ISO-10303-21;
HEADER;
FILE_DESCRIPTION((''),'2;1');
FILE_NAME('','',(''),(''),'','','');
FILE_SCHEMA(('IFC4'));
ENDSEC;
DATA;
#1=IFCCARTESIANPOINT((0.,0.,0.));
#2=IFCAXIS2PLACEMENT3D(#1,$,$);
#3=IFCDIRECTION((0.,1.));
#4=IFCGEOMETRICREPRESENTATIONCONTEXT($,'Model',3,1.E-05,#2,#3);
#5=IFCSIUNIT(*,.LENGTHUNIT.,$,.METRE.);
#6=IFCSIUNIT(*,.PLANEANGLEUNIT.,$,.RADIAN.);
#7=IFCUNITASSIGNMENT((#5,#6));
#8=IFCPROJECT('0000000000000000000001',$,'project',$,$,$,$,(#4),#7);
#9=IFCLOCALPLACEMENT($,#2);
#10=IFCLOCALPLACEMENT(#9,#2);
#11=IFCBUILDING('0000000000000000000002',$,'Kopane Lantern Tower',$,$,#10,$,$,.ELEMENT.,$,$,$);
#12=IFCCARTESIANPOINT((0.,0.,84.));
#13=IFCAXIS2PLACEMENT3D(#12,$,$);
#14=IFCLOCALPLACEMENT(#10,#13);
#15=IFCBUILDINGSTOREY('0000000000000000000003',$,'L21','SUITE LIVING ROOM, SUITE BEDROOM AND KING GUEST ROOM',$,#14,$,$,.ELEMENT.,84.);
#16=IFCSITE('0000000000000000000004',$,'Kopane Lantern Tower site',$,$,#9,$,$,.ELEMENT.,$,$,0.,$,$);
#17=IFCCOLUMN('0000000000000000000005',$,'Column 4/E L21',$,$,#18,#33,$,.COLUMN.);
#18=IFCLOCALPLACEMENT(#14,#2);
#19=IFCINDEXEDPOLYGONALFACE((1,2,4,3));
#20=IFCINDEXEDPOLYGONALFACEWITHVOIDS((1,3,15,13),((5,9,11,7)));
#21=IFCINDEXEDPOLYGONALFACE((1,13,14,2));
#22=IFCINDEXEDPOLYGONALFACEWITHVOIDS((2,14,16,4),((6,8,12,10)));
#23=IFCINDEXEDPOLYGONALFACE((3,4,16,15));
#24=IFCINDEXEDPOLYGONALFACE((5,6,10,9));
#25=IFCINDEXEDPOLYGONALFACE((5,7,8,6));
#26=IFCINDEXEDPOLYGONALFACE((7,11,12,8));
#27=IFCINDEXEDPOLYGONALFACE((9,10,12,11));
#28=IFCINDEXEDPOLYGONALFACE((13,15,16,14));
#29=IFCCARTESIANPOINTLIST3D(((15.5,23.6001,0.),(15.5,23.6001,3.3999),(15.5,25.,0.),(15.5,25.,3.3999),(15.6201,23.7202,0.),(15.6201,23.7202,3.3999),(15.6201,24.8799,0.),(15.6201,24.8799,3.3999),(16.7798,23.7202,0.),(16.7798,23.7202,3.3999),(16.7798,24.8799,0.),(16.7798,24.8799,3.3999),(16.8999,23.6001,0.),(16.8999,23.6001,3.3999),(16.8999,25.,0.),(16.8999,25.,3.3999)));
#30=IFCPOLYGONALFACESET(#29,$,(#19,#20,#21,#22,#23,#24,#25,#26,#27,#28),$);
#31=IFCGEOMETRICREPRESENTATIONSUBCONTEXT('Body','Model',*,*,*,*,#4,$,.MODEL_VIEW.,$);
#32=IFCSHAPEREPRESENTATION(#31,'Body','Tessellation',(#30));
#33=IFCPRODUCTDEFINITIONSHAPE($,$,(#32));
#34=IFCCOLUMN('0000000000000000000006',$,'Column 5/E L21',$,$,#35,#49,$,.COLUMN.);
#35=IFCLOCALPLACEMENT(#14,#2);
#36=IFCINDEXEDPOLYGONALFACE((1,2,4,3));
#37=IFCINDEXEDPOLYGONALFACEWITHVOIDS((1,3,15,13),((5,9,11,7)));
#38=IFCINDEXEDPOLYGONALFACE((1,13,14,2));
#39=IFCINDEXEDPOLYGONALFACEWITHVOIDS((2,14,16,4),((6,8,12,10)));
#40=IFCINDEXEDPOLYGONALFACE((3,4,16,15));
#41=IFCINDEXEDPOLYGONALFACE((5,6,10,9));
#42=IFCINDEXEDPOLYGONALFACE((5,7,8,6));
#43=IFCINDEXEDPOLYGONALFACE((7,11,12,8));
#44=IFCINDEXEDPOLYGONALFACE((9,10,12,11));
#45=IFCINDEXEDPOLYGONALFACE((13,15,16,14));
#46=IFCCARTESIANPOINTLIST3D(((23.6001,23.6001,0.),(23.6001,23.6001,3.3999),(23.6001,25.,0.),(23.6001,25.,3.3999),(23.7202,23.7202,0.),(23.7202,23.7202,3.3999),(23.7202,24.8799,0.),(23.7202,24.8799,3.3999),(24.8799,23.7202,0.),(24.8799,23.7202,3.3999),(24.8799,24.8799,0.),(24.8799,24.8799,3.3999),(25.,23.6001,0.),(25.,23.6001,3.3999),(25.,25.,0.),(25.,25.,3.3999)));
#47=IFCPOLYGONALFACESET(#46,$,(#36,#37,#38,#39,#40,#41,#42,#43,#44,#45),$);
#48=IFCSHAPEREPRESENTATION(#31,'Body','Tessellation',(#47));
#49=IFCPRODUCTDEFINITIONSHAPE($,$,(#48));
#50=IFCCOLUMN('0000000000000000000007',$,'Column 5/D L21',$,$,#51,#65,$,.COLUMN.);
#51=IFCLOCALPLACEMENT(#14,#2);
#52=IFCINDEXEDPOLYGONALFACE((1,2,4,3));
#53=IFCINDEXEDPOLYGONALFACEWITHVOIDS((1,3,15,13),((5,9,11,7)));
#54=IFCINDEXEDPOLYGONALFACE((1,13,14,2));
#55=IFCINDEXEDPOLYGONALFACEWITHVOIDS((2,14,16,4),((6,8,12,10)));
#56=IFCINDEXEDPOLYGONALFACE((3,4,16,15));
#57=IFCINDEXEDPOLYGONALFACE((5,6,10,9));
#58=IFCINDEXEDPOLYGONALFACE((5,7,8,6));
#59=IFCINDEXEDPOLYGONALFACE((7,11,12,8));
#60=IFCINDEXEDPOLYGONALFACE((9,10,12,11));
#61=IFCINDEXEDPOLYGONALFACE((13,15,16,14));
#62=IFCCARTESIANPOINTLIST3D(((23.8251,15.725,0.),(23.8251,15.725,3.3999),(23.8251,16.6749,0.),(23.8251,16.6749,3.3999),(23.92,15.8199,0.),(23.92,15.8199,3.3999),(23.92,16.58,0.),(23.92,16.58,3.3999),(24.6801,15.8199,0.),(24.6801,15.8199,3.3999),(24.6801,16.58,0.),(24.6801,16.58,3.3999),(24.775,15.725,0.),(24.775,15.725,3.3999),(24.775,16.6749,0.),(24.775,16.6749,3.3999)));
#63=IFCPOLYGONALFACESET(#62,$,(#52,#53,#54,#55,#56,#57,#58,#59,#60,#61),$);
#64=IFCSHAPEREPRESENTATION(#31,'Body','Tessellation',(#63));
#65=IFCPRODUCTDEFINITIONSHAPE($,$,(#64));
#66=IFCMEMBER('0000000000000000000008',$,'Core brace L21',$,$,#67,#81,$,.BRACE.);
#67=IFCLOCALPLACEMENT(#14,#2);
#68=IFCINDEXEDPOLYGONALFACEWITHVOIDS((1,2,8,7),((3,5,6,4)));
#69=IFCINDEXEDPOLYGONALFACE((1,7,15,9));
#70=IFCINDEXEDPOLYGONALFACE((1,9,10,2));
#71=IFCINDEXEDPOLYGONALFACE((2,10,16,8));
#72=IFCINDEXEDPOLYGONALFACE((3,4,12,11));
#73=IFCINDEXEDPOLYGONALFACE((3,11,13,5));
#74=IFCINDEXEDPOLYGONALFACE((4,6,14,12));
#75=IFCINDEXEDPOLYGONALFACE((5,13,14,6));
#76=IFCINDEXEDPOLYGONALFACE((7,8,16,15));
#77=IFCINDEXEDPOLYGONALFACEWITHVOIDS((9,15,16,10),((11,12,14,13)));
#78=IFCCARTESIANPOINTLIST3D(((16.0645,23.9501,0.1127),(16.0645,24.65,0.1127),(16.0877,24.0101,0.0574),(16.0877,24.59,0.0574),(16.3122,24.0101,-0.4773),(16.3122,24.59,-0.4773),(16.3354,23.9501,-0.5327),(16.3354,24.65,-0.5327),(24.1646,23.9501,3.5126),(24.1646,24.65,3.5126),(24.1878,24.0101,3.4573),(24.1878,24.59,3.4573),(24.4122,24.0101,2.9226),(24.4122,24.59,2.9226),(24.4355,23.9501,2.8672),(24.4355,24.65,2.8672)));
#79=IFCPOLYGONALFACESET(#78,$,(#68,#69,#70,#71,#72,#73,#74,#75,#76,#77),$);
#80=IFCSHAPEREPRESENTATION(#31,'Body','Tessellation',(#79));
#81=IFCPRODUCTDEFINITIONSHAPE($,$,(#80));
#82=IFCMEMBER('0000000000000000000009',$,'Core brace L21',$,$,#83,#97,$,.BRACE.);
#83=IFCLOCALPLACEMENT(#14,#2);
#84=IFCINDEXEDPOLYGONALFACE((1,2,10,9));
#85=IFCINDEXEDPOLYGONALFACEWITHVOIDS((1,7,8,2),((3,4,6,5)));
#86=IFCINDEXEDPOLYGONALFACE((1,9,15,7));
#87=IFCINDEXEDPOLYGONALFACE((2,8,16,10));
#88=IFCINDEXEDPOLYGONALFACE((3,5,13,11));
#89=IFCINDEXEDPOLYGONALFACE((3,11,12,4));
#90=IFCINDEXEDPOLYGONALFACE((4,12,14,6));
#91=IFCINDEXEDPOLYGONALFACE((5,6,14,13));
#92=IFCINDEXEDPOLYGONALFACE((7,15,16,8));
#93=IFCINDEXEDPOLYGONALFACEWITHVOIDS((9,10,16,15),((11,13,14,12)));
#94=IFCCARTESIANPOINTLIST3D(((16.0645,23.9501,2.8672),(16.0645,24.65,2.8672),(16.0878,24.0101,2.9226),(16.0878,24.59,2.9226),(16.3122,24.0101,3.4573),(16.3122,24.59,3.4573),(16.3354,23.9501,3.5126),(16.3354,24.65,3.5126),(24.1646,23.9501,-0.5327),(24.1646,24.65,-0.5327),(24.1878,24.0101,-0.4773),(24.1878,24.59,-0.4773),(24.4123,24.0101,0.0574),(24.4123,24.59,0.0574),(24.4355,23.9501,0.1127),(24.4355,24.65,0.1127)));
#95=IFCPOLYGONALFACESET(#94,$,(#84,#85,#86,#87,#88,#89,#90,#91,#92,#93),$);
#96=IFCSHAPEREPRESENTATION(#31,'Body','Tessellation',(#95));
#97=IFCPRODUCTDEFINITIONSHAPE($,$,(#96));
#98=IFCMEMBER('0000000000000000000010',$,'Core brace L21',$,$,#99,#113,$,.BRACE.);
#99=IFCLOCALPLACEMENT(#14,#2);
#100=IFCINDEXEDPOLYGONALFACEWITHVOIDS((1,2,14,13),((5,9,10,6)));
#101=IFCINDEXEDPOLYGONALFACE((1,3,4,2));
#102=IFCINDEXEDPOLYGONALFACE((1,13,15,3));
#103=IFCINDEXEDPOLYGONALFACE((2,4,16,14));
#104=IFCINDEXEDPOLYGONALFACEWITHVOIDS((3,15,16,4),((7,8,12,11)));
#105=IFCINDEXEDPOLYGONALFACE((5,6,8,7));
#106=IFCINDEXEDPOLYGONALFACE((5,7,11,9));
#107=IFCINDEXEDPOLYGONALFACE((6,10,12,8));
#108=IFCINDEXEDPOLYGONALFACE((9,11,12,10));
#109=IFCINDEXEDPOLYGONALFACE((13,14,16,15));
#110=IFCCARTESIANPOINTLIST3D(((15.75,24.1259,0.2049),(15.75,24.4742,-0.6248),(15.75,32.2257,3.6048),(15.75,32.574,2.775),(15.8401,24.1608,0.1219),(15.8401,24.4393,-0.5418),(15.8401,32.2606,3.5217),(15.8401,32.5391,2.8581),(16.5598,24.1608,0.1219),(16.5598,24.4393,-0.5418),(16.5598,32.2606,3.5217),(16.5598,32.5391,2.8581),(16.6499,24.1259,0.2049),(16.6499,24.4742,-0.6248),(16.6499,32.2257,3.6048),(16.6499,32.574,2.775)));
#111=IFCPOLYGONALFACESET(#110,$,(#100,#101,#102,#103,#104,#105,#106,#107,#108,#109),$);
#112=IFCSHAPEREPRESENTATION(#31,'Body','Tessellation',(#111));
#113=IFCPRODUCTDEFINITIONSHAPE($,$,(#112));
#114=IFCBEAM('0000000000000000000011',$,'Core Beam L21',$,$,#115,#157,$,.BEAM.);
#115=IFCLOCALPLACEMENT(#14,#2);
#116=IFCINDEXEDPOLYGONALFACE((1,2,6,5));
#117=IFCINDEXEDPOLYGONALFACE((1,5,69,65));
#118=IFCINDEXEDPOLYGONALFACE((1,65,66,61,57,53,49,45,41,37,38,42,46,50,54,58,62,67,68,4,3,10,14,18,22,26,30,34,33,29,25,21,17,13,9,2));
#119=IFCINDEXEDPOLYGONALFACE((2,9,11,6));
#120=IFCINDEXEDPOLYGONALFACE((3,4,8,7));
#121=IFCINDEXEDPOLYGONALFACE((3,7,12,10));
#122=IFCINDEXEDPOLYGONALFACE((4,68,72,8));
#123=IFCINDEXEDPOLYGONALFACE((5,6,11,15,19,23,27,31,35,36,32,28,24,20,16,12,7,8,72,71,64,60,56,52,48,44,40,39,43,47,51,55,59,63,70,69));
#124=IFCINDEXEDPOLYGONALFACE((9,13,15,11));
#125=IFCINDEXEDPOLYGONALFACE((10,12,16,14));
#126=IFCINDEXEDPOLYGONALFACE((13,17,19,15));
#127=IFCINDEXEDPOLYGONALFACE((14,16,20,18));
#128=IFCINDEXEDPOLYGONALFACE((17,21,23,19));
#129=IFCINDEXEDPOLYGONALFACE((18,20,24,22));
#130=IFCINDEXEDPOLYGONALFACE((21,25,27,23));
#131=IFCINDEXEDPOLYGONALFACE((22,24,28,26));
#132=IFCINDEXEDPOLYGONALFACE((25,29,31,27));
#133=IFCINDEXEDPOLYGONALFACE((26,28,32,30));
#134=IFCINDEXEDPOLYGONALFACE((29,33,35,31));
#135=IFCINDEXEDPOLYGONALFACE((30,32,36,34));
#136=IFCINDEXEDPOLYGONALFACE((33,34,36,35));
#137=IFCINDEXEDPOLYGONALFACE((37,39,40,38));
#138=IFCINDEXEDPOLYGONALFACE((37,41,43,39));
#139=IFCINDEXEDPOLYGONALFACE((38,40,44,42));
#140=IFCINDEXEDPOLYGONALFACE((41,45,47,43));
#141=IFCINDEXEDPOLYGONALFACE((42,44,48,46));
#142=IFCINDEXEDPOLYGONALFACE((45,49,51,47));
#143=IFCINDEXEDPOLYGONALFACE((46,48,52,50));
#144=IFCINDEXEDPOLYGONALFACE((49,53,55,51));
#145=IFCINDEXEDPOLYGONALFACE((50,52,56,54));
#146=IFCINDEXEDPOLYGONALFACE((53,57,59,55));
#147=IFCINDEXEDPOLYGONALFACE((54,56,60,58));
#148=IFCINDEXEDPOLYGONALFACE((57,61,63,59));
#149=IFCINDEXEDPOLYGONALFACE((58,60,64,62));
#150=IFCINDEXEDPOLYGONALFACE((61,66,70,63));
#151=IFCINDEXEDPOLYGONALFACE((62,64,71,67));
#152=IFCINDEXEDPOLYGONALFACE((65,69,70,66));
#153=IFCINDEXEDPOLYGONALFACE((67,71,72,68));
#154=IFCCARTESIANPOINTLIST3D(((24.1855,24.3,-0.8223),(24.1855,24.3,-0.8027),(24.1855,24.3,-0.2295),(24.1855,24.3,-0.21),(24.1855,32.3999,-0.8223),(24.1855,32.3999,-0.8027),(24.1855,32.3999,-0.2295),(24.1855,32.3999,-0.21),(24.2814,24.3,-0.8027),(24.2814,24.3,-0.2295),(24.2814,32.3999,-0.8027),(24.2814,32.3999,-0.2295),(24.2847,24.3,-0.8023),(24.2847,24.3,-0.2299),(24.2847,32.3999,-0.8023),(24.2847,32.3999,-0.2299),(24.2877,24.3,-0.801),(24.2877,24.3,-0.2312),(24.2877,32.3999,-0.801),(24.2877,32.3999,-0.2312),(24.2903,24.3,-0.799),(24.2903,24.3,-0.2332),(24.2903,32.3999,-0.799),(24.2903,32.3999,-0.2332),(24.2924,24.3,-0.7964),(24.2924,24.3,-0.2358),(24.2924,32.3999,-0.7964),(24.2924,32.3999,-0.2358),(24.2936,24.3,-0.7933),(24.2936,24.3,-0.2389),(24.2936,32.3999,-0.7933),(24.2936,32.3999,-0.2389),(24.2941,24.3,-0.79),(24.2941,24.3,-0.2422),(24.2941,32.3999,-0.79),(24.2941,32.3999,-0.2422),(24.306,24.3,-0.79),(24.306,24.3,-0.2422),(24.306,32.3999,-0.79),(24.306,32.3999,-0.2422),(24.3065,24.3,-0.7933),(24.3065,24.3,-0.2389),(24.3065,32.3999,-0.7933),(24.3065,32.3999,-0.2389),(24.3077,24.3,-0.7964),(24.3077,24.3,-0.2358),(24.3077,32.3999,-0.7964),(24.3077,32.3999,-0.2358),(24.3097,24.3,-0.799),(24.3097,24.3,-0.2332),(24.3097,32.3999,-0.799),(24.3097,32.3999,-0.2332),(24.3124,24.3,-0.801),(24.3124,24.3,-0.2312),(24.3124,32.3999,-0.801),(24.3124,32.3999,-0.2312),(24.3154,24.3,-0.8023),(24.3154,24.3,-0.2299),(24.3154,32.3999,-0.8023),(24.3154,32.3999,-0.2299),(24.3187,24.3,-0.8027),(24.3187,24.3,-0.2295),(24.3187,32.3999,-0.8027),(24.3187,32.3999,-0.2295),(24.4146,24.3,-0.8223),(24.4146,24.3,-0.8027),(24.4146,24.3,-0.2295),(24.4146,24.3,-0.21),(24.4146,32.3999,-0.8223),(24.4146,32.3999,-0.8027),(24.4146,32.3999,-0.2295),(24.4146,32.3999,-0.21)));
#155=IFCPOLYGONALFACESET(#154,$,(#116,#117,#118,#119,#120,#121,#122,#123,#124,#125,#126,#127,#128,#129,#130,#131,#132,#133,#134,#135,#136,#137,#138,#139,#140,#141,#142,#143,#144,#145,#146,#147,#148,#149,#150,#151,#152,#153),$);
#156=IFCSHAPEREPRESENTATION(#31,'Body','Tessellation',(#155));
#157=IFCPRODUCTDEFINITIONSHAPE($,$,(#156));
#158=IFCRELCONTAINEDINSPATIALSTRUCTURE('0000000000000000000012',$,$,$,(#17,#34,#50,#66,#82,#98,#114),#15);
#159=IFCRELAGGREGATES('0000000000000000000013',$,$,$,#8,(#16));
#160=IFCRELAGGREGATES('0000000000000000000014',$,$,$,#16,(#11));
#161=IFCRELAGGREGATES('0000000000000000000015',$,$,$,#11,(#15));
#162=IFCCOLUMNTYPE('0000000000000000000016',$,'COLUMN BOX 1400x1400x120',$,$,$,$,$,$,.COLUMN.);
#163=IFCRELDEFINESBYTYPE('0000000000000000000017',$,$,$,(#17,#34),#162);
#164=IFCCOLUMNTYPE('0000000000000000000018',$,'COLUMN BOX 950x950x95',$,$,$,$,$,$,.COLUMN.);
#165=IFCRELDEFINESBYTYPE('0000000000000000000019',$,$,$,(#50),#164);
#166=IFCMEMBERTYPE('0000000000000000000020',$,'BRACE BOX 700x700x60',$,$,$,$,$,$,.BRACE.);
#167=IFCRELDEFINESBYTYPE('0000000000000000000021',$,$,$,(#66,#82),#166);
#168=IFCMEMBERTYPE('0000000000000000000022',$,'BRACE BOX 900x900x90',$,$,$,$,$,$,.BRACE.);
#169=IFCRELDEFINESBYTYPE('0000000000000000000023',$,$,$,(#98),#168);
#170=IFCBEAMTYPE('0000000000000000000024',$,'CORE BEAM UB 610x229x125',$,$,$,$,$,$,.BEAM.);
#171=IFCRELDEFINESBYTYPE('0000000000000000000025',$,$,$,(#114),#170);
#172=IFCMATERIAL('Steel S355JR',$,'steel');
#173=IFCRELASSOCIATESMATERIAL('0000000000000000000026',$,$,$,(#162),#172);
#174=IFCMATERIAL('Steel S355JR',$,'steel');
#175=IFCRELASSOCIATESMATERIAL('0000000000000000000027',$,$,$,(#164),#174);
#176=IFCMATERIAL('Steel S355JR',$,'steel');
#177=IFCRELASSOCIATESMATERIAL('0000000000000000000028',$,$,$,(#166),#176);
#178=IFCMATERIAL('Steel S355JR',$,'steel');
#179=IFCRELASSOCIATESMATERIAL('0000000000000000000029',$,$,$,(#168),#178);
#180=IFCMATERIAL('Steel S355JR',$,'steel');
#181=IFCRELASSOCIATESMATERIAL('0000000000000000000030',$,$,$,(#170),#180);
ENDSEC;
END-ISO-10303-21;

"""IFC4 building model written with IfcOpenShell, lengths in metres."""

from ifc_helpers import new_model, si_unit, direction, frame, origin, origin_2d, place, context, subcontext, project, spatial, hollow_rectangle, i_section, extrude, material, material_profile, profile_set, type_object, element, save


model = new_model("IFC4")

# Units and contexts
model_context = context("Model", 3, precision=1e-05, world=origin(), true_north=direction((0.0, 1.0)))
body_context = subcontext(model_context, "Body", "Model", "MODEL_VIEW")
ifc_project = project(units=[si_unit("LENGTHUNIT", "METRE"), si_unit("PLANEANGLEUNIT", "RADIAN")], contexts=[model_context])

# Site, building, storey
site_placement = place(None, origin())
site = spatial("IfcSite", under=ifc_project, at=site_placement, Name="Kopane Lantern Tower site", CompositionType="ELEMENT", RefElevation=0.0)
building_placement = place(site_placement, origin())
building = spatial("IfcBuilding", under=site, at=building_placement, Name="Kopane Lantern Tower", CompositionType="ELEMENT")
storey_placement = place(building_placement, frame((0.0, 0.0, 84.0)))
storey = spatial("IfcBuildingStorey", under=building, at=storey_placement, Name="L21", Description="SUITE LIVING ROOM, SUITE BEDROOM AND KING GUEST ROOM", CompositionType="ELEMENT", Elevation=84.0)

# Columns
ifc_material_1 = material(Name="Steel S355JR", Category="steel")
ifc_material_profile_1 = material_profile(ifc_material_1, hollow_rectangle(XDim=1.3999, YDim=1.3999, WallThickness=0.1201, at=origin_2d()), Name="BOX 1400x1400x120")
ifc_profile_set_1 = profile_set([ifc_material_profile_1], Name="Steel S355JR")
column_type_1 = type_object("IfcColumnType", Name="COLUMN BOX 1400x1400x120", PredefinedType="COLUMN", material=ifc_profile_set_1)
for number, where, z_axis, x_axis, name in (
    (1, (16.2, 24.3, 0.0), (0.0, 0.0, 1.0), (1.0, 0.0, 0.0), "Column 4/E L21"),
    (2, (24.3, 24.3, 0.0), (0.0, 0.0, 1.0), (1.0, 0.0, 0.0), "Column 5/E L21"),
):
    element("IfcColumn", number, at=place(storey_placement, frame(where, z_axis=z_axis, x_axis=x_axis)), inside=storey, type_object=column_type_1, Name=name, PredefinedType="COLUMN", context=body_context, shape_type="SweptSolid", body=[
        extrude(hollow_rectangle(XDim=1.3999, YDim=1.3999, WallThickness=0.1201, at=origin_2d()), origin(), (0.0, 0.0, 1.0), 3.3999),
    ])
ifc_material_2 = material(Name="Steel S355JR", Category="steel")
ifc_material_profile_2 = material_profile(ifc_material_2, hollow_rectangle(XDim=0.95, YDim=0.95, WallThickness=0.095, at=origin_2d()), Name="BOX 950x950x95")
ifc_profile_set_2 = profile_set([ifc_material_profile_2], Name="Steel S355JR")
column_type_2 = type_object("IfcColumnType", Name="COLUMN BOX 950x950x95", PredefinedType="COLUMN", material=ifc_profile_set_2)
column_placement = place(storey_placement, frame((24.3, 16.2, 0.0), z_axis=(0.0, 0.0, 1.0), x_axis=(1.0, 0.0, 0.0)))
element("IfcColumn", 3, at=column_placement, inside=storey, type_object=column_type_2, Name="Column 5/D L21", PredefinedType="COLUMN", context=body_context, shape_type="SweptSolid", body=[
    extrude(hollow_rectangle(XDim=0.95, YDim=0.95, WallThickness=0.095, at=origin_2d()), origin(), (0.0, 0.0, 1.0), 3.3999),
])

# Members
ifc_material_3 = material(Name="Steel S355JR", Category="steel")
ifc_material_profile_3 = material_profile(ifc_material_3, hollow_rectangle(XDim=0.7, YDim=0.7, WallThickness=0.0601, at=origin_2d()), Name="BOX 700x700x60")
ifc_profile_set_3 = profile_set([ifc_material_profile_3], Name="Steel S355JR")
member_type_1 = type_object("IfcMemberType", Name="BRACE BOX 700x700x60", PredefinedType="BRACE", material=ifc_profile_set_3)
for number, where, z_axis, x_axis, name in (
    (4, (16.2, 24.3, -0.21), (0.922069, 0.0, 0.387026), (0.0, 1.0, 0.0), "Core brace L21"),
    (5, (24.3, 24.3, -0.21), (-0.922069, 0.0, 0.387026), (0.0, -1.0, 0.0), "Core brace L21"),
):
    element("IfcMember", number, at=place(storey_placement, frame(where, z_axis=z_axis, x_axis=x_axis)), inside=storey, type_object=member_type_1, Name=name, PredefinedType="BRACE", context=body_context, shape_type="SweptSolid", body=[
        extrude(hollow_rectangle(XDim=0.7, YDim=0.7, WallThickness=0.0601, at=origin_2d()), origin(), (0.0, 0.0, 1.0), 8.7847),
    ])
ifc_material_4 = material(Name="Steel S355JR", Category="steel")
ifc_material_profile_4 = material_profile(ifc_material_4, hollow_rectangle(XDim=0.8999, YDim=0.8999, WallThickness=0.0901, at=origin_2d()), Name="BOX 900x900x90")
ifc_profile_set_4 = profile_set([ifc_material_profile_4], Name="Steel S355JR")
member_type_2 = type_object("IfcMemberType", Name="BRACE BOX 900x900x90", PredefinedType="BRACE", material=ifc_profile_set_4)
member_placement = place(storey_placement, frame((16.2, 24.3, -0.21), z_axis=(0.0, 0.922065, 0.387035), x_axis=(-1.0, 0.0, 0.0)))
element("IfcMember", 6, at=member_placement, inside=storey, type_object=member_type_2, Name="Core brace L21", PredefinedType="BRACE", context=body_context, shape_type="SweptSolid", body=[
    extrude(hollow_rectangle(XDim=0.8999, YDim=0.8999, WallThickness=0.0901, at=origin_2d()), origin(), (0.0, 0.0, 1.0), 8.7844),
])

# Beam
ifc_material_5 = material(Name="Steel S355JR", Category="steel")
ifc_material_profile_5 = material_profile(ifc_material_5, i_section(OverallWidth=0.229, OverallDepth=0.6123, WebThickness=0.012, FlangeThickness=0.0195, FilletRadius=0.0127, at=origin_2d()), Name="UB 610x229x125")
ifc_profile_set_5 = profile_set([ifc_material_profile_5], Name="Steel S355JR")
beam_type_1 = type_object("IfcBeamType", Name="CORE BEAM UB 610x229x125", PredefinedType="BEAM", material=ifc_profile_set_5)
beam_1_placement = place(storey_placement, frame((24.3, 24.3, -0.5161), z_axis=(0.0, 1.0, 0.0), x_axis=(-1.0, 0.0, 0.0)))
element("IfcBeam", 7, at=beam_1_placement, inside=storey, type_object=beam_type_1, Name="Core Beam L21", PredefinedType="BEAM", context=body_context, shape_type="SweptSolid", body=[
    extrude(i_section(OverallWidth=0.229, OverallDepth=0.6123, WebThickness=0.012, FlangeThickness=0.0195, FilletRadius=0.0127, at=origin_2d()), origin(), (0.0, 0.0, 1.0), 8.0999),
])

save(model, "model.ifc")
